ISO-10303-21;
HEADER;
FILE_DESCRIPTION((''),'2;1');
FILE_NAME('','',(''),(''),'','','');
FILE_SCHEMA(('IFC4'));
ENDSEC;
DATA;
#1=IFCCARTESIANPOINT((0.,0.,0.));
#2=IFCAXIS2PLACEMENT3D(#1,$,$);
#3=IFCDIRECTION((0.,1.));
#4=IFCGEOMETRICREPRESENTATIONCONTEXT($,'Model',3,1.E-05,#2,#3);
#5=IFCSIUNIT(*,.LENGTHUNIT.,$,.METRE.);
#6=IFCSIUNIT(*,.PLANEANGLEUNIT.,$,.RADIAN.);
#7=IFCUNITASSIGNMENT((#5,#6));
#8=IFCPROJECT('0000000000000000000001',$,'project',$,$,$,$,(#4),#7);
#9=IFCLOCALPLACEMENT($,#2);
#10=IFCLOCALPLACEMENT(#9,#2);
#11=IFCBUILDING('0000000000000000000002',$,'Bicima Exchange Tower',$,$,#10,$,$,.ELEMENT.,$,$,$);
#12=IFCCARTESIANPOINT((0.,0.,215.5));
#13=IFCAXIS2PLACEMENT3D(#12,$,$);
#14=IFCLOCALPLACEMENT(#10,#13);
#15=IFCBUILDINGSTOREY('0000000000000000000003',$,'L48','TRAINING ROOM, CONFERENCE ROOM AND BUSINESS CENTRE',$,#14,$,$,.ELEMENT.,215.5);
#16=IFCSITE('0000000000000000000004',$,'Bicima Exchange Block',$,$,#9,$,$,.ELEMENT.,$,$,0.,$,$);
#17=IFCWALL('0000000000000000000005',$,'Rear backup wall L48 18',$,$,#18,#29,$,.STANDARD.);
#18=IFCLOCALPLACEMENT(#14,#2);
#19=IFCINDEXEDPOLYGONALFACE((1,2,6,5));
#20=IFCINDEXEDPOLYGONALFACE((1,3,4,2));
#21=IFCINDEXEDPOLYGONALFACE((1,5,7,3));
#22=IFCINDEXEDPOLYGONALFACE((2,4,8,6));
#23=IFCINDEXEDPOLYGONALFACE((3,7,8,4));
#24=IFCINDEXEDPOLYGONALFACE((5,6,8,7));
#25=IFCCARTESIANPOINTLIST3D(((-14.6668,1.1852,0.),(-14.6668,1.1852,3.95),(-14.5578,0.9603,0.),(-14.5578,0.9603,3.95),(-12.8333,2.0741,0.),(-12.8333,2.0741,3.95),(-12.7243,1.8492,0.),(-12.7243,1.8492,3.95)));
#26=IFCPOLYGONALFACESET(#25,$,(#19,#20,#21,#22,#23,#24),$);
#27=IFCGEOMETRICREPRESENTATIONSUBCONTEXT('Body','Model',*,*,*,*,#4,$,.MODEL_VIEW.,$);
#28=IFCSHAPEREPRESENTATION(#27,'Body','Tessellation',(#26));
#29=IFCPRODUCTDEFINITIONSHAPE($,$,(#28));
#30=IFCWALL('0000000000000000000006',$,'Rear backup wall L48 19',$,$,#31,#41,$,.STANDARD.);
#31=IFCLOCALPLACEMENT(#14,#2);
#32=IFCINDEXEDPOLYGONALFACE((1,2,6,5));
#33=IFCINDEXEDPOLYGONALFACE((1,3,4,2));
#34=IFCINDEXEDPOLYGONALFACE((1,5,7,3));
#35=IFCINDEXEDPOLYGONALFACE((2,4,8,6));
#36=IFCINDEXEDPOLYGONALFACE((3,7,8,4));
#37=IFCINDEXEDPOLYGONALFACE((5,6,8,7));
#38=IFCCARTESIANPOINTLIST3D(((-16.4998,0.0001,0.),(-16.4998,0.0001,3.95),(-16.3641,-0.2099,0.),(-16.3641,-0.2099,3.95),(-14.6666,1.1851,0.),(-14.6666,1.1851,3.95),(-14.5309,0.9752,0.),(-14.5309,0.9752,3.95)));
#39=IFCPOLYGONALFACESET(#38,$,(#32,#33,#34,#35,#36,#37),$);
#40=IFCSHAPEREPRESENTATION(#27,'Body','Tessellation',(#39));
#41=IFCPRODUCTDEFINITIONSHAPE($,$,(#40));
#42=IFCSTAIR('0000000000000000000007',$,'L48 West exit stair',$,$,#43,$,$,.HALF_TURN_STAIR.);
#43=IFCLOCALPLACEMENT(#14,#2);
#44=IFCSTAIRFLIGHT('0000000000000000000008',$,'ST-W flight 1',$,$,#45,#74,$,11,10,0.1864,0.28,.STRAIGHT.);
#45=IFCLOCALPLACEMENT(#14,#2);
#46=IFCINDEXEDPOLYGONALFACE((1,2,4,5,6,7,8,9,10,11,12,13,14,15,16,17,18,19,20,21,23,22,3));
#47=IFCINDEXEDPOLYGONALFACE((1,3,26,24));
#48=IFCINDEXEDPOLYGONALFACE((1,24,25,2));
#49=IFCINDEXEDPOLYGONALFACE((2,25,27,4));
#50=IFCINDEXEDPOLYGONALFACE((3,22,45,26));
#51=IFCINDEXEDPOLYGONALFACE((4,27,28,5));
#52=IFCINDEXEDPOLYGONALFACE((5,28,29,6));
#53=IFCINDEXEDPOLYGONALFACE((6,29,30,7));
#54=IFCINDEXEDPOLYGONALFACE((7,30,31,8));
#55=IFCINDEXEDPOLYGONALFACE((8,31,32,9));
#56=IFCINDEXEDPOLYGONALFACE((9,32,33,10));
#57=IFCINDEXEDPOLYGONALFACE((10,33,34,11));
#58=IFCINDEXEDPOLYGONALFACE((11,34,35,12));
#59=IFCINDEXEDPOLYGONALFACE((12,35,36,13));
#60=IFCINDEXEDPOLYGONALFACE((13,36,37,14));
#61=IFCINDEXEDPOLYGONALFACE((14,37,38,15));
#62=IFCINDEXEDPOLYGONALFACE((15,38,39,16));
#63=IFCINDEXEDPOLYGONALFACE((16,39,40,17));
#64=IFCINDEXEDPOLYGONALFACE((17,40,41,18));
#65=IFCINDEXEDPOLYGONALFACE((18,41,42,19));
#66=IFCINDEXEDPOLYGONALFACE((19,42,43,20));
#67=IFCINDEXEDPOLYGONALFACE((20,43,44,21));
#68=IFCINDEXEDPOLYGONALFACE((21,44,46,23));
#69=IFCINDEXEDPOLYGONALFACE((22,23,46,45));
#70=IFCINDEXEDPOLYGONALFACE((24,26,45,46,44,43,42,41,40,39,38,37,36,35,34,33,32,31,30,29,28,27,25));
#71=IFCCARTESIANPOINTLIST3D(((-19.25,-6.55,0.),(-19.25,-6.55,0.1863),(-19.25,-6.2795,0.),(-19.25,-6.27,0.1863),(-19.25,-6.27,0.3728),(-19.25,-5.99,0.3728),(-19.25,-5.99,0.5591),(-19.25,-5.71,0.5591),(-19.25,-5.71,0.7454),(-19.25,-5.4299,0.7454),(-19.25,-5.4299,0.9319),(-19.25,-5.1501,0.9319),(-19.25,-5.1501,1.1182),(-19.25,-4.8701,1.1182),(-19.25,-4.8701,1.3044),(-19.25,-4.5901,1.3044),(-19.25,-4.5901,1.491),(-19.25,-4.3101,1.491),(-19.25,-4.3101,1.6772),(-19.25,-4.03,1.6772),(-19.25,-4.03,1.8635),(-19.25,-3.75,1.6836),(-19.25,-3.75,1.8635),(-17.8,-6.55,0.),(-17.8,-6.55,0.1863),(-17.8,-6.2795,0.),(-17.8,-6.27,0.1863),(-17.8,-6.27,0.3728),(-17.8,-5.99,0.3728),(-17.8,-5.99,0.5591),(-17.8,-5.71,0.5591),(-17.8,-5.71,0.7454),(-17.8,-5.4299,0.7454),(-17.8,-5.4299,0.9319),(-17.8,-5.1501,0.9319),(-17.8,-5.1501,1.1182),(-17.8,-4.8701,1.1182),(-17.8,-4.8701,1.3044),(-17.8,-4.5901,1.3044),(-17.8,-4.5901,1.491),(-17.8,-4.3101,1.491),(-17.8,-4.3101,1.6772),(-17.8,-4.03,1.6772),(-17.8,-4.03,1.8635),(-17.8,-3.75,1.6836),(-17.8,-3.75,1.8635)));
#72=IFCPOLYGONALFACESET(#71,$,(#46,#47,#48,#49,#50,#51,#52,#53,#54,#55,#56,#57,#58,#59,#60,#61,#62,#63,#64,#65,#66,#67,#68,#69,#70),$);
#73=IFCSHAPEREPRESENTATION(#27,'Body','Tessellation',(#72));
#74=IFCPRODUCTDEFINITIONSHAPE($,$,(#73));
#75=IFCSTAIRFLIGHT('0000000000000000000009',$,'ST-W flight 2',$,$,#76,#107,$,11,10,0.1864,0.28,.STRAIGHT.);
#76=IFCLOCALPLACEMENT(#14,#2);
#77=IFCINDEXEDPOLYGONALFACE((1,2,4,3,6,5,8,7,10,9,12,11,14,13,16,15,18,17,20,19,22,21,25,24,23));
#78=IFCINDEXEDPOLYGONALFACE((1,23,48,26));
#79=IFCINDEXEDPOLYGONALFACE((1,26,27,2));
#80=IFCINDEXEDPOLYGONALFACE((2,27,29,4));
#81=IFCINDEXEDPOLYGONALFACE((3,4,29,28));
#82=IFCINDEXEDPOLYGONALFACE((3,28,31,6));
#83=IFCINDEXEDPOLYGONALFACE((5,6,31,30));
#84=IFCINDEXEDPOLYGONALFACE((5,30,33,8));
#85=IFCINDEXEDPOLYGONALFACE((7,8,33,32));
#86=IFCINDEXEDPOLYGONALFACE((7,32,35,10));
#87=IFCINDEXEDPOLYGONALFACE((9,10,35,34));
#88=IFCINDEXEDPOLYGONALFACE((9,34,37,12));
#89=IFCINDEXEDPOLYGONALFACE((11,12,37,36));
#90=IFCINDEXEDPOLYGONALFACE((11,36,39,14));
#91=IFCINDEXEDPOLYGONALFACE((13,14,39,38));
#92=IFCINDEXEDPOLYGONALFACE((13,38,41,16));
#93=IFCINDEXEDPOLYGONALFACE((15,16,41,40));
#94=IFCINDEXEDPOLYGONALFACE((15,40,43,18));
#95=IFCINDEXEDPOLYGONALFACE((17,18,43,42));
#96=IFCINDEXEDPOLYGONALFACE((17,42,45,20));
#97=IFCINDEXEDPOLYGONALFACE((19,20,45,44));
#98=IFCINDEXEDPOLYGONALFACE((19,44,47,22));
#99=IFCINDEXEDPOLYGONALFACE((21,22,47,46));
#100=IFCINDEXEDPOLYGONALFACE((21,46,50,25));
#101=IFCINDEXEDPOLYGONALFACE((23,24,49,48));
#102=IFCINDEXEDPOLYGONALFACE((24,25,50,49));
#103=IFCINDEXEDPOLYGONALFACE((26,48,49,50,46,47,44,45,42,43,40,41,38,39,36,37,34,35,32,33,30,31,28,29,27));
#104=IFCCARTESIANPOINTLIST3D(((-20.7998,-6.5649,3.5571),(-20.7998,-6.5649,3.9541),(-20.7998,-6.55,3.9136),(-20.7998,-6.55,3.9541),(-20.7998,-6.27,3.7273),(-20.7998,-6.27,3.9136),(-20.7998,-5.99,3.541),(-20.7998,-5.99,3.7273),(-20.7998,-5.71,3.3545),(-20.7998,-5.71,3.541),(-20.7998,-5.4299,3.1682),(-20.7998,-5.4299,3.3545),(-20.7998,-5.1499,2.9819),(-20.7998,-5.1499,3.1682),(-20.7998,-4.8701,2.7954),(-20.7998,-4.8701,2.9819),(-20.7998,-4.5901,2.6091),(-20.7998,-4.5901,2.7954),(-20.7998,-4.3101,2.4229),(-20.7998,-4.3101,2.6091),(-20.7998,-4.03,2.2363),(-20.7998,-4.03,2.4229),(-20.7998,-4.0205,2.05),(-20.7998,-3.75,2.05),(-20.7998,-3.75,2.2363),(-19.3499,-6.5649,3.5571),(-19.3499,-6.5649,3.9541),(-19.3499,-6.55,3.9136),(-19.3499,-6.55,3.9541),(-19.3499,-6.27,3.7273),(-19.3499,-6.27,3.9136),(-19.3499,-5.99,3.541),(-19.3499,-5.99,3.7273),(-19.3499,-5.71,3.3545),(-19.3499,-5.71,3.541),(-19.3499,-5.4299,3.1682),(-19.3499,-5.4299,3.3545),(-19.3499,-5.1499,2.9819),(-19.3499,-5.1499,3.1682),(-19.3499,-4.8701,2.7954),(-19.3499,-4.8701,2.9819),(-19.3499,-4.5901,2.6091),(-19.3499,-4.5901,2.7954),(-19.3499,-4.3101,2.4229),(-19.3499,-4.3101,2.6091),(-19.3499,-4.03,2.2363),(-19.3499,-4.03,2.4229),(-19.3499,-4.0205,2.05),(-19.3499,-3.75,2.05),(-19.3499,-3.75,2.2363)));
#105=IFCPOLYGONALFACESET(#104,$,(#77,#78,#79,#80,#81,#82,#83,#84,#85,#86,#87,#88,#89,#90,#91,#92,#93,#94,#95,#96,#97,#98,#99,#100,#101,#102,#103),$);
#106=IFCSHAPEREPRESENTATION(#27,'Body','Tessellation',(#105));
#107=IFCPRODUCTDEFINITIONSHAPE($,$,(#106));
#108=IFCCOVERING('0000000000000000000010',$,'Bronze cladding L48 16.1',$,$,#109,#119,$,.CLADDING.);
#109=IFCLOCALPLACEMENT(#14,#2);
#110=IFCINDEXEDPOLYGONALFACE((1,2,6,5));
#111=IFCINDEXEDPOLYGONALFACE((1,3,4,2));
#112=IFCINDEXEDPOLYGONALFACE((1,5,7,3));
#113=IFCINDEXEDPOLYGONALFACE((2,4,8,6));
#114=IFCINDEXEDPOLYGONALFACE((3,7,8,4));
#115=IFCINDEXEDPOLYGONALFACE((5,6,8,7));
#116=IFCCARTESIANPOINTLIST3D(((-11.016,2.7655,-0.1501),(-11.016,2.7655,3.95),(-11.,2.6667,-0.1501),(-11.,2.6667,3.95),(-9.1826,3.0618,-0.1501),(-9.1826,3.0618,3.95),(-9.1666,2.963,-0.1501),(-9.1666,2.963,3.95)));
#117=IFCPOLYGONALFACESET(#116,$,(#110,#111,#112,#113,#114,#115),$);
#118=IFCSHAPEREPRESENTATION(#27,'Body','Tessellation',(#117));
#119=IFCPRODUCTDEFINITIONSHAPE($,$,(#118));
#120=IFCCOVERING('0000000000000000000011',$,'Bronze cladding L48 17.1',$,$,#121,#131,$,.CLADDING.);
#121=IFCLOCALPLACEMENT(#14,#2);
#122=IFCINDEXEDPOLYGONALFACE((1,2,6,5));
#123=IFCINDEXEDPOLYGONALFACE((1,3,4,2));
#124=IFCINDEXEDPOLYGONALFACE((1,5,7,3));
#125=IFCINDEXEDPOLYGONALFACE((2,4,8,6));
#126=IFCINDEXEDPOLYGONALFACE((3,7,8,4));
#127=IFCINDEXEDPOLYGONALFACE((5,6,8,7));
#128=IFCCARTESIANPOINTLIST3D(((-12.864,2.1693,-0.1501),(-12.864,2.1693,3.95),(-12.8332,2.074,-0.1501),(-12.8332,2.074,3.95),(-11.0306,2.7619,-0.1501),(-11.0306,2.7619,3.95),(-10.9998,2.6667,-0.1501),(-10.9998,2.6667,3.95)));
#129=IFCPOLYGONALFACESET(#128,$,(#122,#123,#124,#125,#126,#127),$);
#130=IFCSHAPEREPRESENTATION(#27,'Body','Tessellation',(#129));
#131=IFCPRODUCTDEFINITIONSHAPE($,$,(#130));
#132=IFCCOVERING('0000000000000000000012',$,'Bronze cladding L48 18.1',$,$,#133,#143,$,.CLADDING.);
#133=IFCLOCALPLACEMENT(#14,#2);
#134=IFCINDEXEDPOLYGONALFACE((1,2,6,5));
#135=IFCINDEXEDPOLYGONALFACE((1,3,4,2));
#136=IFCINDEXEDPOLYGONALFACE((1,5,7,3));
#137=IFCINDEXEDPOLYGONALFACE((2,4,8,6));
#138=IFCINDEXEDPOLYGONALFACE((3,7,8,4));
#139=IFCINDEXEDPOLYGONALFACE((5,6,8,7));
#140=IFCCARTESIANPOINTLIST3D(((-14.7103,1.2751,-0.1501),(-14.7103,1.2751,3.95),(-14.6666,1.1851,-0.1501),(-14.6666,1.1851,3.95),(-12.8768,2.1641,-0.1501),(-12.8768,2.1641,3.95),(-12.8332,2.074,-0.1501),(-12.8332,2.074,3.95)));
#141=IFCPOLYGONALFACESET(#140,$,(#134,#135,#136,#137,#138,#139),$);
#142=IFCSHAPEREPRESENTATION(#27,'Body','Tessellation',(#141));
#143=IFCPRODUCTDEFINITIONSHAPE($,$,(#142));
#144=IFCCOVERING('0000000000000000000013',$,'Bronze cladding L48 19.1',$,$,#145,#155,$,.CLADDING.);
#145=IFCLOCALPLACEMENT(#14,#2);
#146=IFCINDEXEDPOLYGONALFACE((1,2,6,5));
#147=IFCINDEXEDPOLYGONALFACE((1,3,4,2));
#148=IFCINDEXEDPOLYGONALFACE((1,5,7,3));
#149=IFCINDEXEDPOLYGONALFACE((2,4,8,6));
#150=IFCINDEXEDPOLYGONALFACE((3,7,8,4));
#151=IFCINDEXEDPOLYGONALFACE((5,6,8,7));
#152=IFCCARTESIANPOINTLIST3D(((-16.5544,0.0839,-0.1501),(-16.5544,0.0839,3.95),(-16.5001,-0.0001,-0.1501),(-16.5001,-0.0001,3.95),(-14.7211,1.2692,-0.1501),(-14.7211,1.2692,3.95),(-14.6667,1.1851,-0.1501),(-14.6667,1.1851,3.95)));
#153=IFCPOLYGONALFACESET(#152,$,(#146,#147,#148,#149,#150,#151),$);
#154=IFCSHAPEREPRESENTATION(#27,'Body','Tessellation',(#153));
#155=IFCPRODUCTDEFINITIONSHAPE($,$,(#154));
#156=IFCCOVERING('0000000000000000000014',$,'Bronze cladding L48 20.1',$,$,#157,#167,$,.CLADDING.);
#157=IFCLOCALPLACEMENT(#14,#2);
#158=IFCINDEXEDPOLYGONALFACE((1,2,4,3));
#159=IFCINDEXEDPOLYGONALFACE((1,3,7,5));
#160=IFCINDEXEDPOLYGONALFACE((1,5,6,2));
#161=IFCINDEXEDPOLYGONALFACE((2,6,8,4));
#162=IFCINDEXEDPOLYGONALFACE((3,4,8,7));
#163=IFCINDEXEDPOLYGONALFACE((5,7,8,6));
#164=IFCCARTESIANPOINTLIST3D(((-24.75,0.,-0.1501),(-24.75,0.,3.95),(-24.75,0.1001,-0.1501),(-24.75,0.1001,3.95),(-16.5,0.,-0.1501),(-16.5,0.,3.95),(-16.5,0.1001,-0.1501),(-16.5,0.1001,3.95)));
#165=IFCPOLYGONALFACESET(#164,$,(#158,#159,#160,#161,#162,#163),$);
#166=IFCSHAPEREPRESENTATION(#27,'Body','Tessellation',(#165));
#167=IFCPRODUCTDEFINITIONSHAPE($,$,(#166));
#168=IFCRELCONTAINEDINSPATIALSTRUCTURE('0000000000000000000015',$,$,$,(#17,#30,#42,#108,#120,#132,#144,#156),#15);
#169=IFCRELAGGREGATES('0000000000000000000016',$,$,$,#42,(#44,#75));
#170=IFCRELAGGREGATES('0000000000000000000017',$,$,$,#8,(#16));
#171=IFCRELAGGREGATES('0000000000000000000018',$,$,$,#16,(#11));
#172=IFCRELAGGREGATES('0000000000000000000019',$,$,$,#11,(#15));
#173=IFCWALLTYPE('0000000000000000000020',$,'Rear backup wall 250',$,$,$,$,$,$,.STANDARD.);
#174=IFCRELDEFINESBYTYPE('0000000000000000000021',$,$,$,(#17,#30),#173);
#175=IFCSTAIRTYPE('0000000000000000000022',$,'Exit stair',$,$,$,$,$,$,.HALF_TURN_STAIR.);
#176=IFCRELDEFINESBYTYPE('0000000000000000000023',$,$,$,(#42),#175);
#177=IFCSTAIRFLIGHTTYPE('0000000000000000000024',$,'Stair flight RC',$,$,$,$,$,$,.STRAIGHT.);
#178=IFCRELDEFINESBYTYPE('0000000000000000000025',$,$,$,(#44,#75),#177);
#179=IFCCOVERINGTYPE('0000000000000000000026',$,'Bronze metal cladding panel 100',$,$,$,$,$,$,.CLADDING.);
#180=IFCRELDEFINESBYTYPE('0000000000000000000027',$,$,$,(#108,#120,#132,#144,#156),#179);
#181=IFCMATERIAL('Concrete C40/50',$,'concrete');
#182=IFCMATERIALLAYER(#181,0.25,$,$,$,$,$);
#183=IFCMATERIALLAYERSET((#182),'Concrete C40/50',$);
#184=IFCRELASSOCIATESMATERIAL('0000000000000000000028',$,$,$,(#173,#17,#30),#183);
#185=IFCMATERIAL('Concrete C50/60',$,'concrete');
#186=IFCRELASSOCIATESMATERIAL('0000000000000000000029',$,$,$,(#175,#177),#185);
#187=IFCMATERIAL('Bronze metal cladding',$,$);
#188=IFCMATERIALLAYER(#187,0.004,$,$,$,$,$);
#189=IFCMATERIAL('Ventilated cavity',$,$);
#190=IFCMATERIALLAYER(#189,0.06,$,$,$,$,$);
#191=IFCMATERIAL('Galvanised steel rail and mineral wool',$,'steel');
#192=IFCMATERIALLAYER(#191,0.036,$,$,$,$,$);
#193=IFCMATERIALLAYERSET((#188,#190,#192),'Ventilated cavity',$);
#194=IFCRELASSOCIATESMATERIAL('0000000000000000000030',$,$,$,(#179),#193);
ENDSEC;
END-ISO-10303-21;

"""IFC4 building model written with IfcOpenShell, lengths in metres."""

from ifc_helpers import new_model, si_unit, direction, frame, frame_2d, origin, origin_2d, place, context, subcontext, project, spatial, polyline, rectangle, outline, extrude, material, layer, layer_set, layer_usage, type_object, element, aggregate, save


model = new_model("IFC4")

# Units and contexts
model_context = context("Model", 3, precision=1e-05, world=origin(), true_north=direction((0.0, 1.0)))
body_context = subcontext(model_context, "Body", "Model", "MODEL_VIEW")
ifc_project = project(units=[si_unit("LENGTHUNIT", "METRE"), si_unit("PLANEANGLEUNIT", "RADIAN")], contexts=[model_context])

# Site, building, storey
site_placement = place(None, origin())
site = spatial("IfcSite", under=ifc_project, at=site_placement, Name="Bicima Exchange Block", CompositionType="ELEMENT", RefElevation=0.0)
building_placement = place(site_placement, origin())
building = spatial("IfcBuilding", under=site, at=building_placement, Name="Bicima Exchange Tower", CompositionType="ELEMENT")
storey_placement = place(building_placement, frame((0.0, 0.0, 215.5)))
storey = spatial("IfcBuildingStorey", under=building, at=storey_placement, Name="L48", Description="TRAINING ROOM, CONFERENCE ROOM AND BUSINESS CENTRE", CompositionType="ELEMENT", Elevation=215.5)

# Shared definitions
ifc_material_1 = material(Name="Concrete C50/60", Category="concrete")

# Walls
ifc_material_2 = material(Name="Concrete C40/50", Category="concrete")
ifc_layer_1 = layer(ifc_material_2, 0.25)
ifc_layer_set_1 = layer_set([ifc_layer_1], Name="Concrete C40/50")
ifc_layer_usage = layer_usage(ifc_layer_set_1, "AXIS2", "POSITIVE", -0.125)
wall_type_1 = type_object("IfcWallType", Name="Rear backup wall 250", PredefinedType="STANDARD", material=ifc_layer_set_1)
wall_1_placement = place(storey_placement, frame((-12.7788, 1.9617, 0.0), z_axis=(0.0, 0.0, 1.0), x_axis=(-0.899824, -0.436253, 0.0)))
element("IfcWall", 1, at=wall_1_placement, inside=storey, type_object=wall_type_1, material=ifc_layer_usage, Name="Rear backup wall L48 18", PredefinedType="STANDARD", context=body_context, shape_type="SweptSolid", body=[
    extrude(rectangle(XDim=2.0376, YDim=0.25, at=frame_2d((1.0188, 0.0))), origin(), (0.0, 0.0, 1.0), 3.95),
])
wall_2_placement = place(storey_placement, frame((-14.5989, 1.0801, 0.0), z_axis=(0.0, 0.0, 1.0), x_axis=(-0.839813, -0.542876, 0.0)))
element("IfcWall", 2, at=wall_2_placement, inside=storey, type_object=wall_type_1, material=ifc_layer_usage, Name="Rear backup wall L48 19", PredefinedType="STANDARD", context=body_context, shape_type="SweptSolid", body=[
    extrude(rectangle(XDim=2.1829, YDim=0.25, at=frame_2d((1.0913, 0.0))), origin(), (0.0, 0.0, 1.0), 3.95),
])

# Stair, stair flights
stair_type = type_object("IfcStairType", Name="Exit stair", PredefinedType="HALF_TURN_STAIR", material=ifc_material_1)
stair_placement = place(storey_placement, origin())
stair = element("IfcStair", 3, at=stair_placement, inside=storey, type_object=stair_type, Name="L48 West exit stair", PredefinedType="HALF_TURN_STAIR")
stair_flight_type = type_object("IfcStairFlightType", Name="Stair flight RC", PredefinedType="STRAIGHT", material=ifc_material_1)
stair_flight_1_placement = place(storey_placement, frame((-18.5249, -6.55, 0.0), z_axis=(0.0, 0.0, 1.0), x_axis=(0.0, 1.0, 0.0)))
stair_flight_1 = element("IfcStairFlight", 4, at=stair_flight_1_placement, type_object=stair_flight_type, Name="ST-W flight 1", NumberOfRisers=11, NumberOfTreads=10, PredefinedType="STRAIGHT", RiserHeight=0.1864, TreadLength=0.28, context=body_context, shape_type="SweptSolid", body=[
    extrude(outline(polyline([(0.0, 0.0), (0.0, 0.1863), (0.28, 0.1863), (0.28, 0.3728), (0.5601, 0.3728), (0.5601, 0.5591), (0.8401, 0.5591), (0.8401, 0.7454), (1.1201, 0.7454), (1.1201, 0.9319), (1.3999, 0.9319), (1.3999, 1.1182), (1.6799, 1.1182), (1.6799, 1.3044), (1.96, 1.3044), (1.96, 1.491), (2.24, 1.491), (2.24, 1.6772), (2.52, 1.6772), (2.52, 1.8635), (2.8, 1.8635), (2.8, 2.05), (2.8, 1.6836), (0.2705, 0.0), (0.0, 0.0)])), frame((0.0, 0.7251, 0.0), z_axis=(0.0, -1.0, 0.0), x_axis=(1.0, 0.0, 0.0)), (0.0, 0.0, 1.0), 1.45),
])
stair_flight_2_placement = place(storey_placement, frame((-20.075, -3.75, 2.05), z_axis=(0.0, 0.0, 1.0), x_axis=(0.0, -1.0, 0.0)))
stair_flight_2 = element("IfcStairFlight", 5, at=stair_flight_2_placement, type_object=stair_flight_type, Name="ST-W flight 2", NumberOfRisers=11, NumberOfTreads=10, PredefinedType="STRAIGHT", RiserHeight=0.1864, TreadLength=0.28, context=body_context, shape_type="SweptSolid", body=[
    extrude(outline(polyline([(0.0, 0.0), (0.0, 0.1863), (0.28, 0.1863), (0.28, 0.3728), (0.5601, 0.3728), (0.5601, 0.5591), (0.8401, 0.5591), (0.8401, 0.7454), (1.1201, 0.7454), (1.1201, 0.9319), (1.3999, 0.9319), (1.3999, 1.1182), (1.6799, 1.1182), (1.6799, 1.3044), (1.96, 1.3044), (1.96, 1.491), (2.24, 1.491), (2.24, 1.6772), (2.52, 1.6772), (2.52, 1.8635), (2.8, 1.8635), (2.8, 1.9041), (2.8149, 1.9041), (2.8149, 1.5071), (0.2705, 0.0), (0.0, 0.0)])), frame((0.0, 0.7251, 0.0), z_axis=(0.0, -1.0, 0.0), x_axis=(1.0, 0.0, 0.0)), (0.0, 0.0, 1.0), 1.45),
])
aggregate(stair, [stair_flight_1, stair_flight_2])

# Coverings
ifc_material_3 = material(Name="Bronze metal cladding")
ifc_layer_2 = layer(ifc_material_3, 0.004)
ifc_material_4 = material(Name="Ventilated cavity")
ifc_layer_3 = layer(ifc_material_4, 0.06)
ifc_material_5 = material(Name="Galvanised steel rail and mineral wool", Category="steel")
ifc_layer_4 = layer(ifc_material_5, 0.036)
ifc_layer_set_2 = layer_set([ifc_layer_2, ifc_layer_3, ifc_layer_4], Name="Ventilated cavity")
covering_type = type_object("IfcCoveringType", Name="Bronze metal cladding panel 100", PredefinedType="CLADDING", material=ifc_layer_set_2)
covering_1_placement = place(storey_placement, frame((-10.0913, 2.8643, -0.1501), z_axis=(0.0, 0.0, 1.0), x_axis=(-0.98719, -0.15955, 0.0)))
element("IfcCovering", 6, at=covering_1_placement, inside=storey, type_object=covering_type, Name="Bronze cladding L48 16.1", PredefinedType="CLADDING", context=body_context, shape_type="SweptSolid", body=[
    extrude(rectangle(XDim=1.8572, YDim=0.1001, at=origin_2d()), origin(), (0.0, 0.0, 1.0), 4.1001),
])
covering_2_placement = place(storey_placement, frame((-11.9319, 2.418, -0.1501), z_axis=(0.0, 0.0, 1.0), x_axis=(-0.951525, -0.307573, 0.0)))
element("IfcCovering", 7, at=covering_2_placement, inside=storey, type_object=covering_type, Name="Bronze cladding L48 17.1", PredefinedType="CLADDING", context=body_context, shape_type="SweptSolid", body=[
    extrude(rectangle(XDim=1.9268, YDim=0.1001, at=origin_2d()), origin(), (0.0, 0.0, 1.0), 4.1001),
])
covering_3_placement = place(storey_placement, frame((-13.7717, 1.6746, -0.1501), z_axis=(0.0, 0.0, 1.0), x_axis=(-0.899818, -0.436265, 0.0)))
element("IfcCovering", 8, at=covering_3_placement, inside=storey, type_object=covering_type, Name="Bronze cladding L48 18.1", PredefinedType="CLADDING", context=body_context, shape_type="SweptSolid", body=[
    extrude(rectangle(XDim=2.0376, YDim=0.1001, at=origin_2d()), origin(), (0.0, 0.0, 1.0), 4.1001),
])
covering_4_placement = place(storey_placement, frame((-15.6106, 0.6345, -0.1501), z_axis=(0.0, 0.0, 1.0), x_axis=(-0.83979, -0.542911, 0.0)))
element("IfcCovering", 9, at=covering_4_placement, inside=storey, type_object=covering_type, Name="Bronze cladding L48 19.1", PredefinedType="CLADDING", context=body_context, shape_type="SweptSolid", body=[
    extrude(rectangle(XDim=2.1831, YDim=0.1001, at=origin_2d()), origin(), (0.0, 0.0, 1.0), 4.1001),
])
covering_5_placement = place(storey_placement, frame((-20.625, 0.05, -0.1501), z_axis=(0.0, 0.0, 1.0), x_axis=(-1.0, 0.0, 0.0)))
element("IfcCovering", 10, at=covering_5_placement, inside=storey, type_object=covering_type, Name="Bronze cladding L48 20.1", PredefinedType="CLADDING", context=body_context, shape_type="SweptSolid", body=[
    extrude(rectangle(XDim=8.25, YDim=0.1001, at=origin_2d()), origin(), (0.0, 0.0, 1.0), 4.1001),
])

save(model, "model.ifc")
